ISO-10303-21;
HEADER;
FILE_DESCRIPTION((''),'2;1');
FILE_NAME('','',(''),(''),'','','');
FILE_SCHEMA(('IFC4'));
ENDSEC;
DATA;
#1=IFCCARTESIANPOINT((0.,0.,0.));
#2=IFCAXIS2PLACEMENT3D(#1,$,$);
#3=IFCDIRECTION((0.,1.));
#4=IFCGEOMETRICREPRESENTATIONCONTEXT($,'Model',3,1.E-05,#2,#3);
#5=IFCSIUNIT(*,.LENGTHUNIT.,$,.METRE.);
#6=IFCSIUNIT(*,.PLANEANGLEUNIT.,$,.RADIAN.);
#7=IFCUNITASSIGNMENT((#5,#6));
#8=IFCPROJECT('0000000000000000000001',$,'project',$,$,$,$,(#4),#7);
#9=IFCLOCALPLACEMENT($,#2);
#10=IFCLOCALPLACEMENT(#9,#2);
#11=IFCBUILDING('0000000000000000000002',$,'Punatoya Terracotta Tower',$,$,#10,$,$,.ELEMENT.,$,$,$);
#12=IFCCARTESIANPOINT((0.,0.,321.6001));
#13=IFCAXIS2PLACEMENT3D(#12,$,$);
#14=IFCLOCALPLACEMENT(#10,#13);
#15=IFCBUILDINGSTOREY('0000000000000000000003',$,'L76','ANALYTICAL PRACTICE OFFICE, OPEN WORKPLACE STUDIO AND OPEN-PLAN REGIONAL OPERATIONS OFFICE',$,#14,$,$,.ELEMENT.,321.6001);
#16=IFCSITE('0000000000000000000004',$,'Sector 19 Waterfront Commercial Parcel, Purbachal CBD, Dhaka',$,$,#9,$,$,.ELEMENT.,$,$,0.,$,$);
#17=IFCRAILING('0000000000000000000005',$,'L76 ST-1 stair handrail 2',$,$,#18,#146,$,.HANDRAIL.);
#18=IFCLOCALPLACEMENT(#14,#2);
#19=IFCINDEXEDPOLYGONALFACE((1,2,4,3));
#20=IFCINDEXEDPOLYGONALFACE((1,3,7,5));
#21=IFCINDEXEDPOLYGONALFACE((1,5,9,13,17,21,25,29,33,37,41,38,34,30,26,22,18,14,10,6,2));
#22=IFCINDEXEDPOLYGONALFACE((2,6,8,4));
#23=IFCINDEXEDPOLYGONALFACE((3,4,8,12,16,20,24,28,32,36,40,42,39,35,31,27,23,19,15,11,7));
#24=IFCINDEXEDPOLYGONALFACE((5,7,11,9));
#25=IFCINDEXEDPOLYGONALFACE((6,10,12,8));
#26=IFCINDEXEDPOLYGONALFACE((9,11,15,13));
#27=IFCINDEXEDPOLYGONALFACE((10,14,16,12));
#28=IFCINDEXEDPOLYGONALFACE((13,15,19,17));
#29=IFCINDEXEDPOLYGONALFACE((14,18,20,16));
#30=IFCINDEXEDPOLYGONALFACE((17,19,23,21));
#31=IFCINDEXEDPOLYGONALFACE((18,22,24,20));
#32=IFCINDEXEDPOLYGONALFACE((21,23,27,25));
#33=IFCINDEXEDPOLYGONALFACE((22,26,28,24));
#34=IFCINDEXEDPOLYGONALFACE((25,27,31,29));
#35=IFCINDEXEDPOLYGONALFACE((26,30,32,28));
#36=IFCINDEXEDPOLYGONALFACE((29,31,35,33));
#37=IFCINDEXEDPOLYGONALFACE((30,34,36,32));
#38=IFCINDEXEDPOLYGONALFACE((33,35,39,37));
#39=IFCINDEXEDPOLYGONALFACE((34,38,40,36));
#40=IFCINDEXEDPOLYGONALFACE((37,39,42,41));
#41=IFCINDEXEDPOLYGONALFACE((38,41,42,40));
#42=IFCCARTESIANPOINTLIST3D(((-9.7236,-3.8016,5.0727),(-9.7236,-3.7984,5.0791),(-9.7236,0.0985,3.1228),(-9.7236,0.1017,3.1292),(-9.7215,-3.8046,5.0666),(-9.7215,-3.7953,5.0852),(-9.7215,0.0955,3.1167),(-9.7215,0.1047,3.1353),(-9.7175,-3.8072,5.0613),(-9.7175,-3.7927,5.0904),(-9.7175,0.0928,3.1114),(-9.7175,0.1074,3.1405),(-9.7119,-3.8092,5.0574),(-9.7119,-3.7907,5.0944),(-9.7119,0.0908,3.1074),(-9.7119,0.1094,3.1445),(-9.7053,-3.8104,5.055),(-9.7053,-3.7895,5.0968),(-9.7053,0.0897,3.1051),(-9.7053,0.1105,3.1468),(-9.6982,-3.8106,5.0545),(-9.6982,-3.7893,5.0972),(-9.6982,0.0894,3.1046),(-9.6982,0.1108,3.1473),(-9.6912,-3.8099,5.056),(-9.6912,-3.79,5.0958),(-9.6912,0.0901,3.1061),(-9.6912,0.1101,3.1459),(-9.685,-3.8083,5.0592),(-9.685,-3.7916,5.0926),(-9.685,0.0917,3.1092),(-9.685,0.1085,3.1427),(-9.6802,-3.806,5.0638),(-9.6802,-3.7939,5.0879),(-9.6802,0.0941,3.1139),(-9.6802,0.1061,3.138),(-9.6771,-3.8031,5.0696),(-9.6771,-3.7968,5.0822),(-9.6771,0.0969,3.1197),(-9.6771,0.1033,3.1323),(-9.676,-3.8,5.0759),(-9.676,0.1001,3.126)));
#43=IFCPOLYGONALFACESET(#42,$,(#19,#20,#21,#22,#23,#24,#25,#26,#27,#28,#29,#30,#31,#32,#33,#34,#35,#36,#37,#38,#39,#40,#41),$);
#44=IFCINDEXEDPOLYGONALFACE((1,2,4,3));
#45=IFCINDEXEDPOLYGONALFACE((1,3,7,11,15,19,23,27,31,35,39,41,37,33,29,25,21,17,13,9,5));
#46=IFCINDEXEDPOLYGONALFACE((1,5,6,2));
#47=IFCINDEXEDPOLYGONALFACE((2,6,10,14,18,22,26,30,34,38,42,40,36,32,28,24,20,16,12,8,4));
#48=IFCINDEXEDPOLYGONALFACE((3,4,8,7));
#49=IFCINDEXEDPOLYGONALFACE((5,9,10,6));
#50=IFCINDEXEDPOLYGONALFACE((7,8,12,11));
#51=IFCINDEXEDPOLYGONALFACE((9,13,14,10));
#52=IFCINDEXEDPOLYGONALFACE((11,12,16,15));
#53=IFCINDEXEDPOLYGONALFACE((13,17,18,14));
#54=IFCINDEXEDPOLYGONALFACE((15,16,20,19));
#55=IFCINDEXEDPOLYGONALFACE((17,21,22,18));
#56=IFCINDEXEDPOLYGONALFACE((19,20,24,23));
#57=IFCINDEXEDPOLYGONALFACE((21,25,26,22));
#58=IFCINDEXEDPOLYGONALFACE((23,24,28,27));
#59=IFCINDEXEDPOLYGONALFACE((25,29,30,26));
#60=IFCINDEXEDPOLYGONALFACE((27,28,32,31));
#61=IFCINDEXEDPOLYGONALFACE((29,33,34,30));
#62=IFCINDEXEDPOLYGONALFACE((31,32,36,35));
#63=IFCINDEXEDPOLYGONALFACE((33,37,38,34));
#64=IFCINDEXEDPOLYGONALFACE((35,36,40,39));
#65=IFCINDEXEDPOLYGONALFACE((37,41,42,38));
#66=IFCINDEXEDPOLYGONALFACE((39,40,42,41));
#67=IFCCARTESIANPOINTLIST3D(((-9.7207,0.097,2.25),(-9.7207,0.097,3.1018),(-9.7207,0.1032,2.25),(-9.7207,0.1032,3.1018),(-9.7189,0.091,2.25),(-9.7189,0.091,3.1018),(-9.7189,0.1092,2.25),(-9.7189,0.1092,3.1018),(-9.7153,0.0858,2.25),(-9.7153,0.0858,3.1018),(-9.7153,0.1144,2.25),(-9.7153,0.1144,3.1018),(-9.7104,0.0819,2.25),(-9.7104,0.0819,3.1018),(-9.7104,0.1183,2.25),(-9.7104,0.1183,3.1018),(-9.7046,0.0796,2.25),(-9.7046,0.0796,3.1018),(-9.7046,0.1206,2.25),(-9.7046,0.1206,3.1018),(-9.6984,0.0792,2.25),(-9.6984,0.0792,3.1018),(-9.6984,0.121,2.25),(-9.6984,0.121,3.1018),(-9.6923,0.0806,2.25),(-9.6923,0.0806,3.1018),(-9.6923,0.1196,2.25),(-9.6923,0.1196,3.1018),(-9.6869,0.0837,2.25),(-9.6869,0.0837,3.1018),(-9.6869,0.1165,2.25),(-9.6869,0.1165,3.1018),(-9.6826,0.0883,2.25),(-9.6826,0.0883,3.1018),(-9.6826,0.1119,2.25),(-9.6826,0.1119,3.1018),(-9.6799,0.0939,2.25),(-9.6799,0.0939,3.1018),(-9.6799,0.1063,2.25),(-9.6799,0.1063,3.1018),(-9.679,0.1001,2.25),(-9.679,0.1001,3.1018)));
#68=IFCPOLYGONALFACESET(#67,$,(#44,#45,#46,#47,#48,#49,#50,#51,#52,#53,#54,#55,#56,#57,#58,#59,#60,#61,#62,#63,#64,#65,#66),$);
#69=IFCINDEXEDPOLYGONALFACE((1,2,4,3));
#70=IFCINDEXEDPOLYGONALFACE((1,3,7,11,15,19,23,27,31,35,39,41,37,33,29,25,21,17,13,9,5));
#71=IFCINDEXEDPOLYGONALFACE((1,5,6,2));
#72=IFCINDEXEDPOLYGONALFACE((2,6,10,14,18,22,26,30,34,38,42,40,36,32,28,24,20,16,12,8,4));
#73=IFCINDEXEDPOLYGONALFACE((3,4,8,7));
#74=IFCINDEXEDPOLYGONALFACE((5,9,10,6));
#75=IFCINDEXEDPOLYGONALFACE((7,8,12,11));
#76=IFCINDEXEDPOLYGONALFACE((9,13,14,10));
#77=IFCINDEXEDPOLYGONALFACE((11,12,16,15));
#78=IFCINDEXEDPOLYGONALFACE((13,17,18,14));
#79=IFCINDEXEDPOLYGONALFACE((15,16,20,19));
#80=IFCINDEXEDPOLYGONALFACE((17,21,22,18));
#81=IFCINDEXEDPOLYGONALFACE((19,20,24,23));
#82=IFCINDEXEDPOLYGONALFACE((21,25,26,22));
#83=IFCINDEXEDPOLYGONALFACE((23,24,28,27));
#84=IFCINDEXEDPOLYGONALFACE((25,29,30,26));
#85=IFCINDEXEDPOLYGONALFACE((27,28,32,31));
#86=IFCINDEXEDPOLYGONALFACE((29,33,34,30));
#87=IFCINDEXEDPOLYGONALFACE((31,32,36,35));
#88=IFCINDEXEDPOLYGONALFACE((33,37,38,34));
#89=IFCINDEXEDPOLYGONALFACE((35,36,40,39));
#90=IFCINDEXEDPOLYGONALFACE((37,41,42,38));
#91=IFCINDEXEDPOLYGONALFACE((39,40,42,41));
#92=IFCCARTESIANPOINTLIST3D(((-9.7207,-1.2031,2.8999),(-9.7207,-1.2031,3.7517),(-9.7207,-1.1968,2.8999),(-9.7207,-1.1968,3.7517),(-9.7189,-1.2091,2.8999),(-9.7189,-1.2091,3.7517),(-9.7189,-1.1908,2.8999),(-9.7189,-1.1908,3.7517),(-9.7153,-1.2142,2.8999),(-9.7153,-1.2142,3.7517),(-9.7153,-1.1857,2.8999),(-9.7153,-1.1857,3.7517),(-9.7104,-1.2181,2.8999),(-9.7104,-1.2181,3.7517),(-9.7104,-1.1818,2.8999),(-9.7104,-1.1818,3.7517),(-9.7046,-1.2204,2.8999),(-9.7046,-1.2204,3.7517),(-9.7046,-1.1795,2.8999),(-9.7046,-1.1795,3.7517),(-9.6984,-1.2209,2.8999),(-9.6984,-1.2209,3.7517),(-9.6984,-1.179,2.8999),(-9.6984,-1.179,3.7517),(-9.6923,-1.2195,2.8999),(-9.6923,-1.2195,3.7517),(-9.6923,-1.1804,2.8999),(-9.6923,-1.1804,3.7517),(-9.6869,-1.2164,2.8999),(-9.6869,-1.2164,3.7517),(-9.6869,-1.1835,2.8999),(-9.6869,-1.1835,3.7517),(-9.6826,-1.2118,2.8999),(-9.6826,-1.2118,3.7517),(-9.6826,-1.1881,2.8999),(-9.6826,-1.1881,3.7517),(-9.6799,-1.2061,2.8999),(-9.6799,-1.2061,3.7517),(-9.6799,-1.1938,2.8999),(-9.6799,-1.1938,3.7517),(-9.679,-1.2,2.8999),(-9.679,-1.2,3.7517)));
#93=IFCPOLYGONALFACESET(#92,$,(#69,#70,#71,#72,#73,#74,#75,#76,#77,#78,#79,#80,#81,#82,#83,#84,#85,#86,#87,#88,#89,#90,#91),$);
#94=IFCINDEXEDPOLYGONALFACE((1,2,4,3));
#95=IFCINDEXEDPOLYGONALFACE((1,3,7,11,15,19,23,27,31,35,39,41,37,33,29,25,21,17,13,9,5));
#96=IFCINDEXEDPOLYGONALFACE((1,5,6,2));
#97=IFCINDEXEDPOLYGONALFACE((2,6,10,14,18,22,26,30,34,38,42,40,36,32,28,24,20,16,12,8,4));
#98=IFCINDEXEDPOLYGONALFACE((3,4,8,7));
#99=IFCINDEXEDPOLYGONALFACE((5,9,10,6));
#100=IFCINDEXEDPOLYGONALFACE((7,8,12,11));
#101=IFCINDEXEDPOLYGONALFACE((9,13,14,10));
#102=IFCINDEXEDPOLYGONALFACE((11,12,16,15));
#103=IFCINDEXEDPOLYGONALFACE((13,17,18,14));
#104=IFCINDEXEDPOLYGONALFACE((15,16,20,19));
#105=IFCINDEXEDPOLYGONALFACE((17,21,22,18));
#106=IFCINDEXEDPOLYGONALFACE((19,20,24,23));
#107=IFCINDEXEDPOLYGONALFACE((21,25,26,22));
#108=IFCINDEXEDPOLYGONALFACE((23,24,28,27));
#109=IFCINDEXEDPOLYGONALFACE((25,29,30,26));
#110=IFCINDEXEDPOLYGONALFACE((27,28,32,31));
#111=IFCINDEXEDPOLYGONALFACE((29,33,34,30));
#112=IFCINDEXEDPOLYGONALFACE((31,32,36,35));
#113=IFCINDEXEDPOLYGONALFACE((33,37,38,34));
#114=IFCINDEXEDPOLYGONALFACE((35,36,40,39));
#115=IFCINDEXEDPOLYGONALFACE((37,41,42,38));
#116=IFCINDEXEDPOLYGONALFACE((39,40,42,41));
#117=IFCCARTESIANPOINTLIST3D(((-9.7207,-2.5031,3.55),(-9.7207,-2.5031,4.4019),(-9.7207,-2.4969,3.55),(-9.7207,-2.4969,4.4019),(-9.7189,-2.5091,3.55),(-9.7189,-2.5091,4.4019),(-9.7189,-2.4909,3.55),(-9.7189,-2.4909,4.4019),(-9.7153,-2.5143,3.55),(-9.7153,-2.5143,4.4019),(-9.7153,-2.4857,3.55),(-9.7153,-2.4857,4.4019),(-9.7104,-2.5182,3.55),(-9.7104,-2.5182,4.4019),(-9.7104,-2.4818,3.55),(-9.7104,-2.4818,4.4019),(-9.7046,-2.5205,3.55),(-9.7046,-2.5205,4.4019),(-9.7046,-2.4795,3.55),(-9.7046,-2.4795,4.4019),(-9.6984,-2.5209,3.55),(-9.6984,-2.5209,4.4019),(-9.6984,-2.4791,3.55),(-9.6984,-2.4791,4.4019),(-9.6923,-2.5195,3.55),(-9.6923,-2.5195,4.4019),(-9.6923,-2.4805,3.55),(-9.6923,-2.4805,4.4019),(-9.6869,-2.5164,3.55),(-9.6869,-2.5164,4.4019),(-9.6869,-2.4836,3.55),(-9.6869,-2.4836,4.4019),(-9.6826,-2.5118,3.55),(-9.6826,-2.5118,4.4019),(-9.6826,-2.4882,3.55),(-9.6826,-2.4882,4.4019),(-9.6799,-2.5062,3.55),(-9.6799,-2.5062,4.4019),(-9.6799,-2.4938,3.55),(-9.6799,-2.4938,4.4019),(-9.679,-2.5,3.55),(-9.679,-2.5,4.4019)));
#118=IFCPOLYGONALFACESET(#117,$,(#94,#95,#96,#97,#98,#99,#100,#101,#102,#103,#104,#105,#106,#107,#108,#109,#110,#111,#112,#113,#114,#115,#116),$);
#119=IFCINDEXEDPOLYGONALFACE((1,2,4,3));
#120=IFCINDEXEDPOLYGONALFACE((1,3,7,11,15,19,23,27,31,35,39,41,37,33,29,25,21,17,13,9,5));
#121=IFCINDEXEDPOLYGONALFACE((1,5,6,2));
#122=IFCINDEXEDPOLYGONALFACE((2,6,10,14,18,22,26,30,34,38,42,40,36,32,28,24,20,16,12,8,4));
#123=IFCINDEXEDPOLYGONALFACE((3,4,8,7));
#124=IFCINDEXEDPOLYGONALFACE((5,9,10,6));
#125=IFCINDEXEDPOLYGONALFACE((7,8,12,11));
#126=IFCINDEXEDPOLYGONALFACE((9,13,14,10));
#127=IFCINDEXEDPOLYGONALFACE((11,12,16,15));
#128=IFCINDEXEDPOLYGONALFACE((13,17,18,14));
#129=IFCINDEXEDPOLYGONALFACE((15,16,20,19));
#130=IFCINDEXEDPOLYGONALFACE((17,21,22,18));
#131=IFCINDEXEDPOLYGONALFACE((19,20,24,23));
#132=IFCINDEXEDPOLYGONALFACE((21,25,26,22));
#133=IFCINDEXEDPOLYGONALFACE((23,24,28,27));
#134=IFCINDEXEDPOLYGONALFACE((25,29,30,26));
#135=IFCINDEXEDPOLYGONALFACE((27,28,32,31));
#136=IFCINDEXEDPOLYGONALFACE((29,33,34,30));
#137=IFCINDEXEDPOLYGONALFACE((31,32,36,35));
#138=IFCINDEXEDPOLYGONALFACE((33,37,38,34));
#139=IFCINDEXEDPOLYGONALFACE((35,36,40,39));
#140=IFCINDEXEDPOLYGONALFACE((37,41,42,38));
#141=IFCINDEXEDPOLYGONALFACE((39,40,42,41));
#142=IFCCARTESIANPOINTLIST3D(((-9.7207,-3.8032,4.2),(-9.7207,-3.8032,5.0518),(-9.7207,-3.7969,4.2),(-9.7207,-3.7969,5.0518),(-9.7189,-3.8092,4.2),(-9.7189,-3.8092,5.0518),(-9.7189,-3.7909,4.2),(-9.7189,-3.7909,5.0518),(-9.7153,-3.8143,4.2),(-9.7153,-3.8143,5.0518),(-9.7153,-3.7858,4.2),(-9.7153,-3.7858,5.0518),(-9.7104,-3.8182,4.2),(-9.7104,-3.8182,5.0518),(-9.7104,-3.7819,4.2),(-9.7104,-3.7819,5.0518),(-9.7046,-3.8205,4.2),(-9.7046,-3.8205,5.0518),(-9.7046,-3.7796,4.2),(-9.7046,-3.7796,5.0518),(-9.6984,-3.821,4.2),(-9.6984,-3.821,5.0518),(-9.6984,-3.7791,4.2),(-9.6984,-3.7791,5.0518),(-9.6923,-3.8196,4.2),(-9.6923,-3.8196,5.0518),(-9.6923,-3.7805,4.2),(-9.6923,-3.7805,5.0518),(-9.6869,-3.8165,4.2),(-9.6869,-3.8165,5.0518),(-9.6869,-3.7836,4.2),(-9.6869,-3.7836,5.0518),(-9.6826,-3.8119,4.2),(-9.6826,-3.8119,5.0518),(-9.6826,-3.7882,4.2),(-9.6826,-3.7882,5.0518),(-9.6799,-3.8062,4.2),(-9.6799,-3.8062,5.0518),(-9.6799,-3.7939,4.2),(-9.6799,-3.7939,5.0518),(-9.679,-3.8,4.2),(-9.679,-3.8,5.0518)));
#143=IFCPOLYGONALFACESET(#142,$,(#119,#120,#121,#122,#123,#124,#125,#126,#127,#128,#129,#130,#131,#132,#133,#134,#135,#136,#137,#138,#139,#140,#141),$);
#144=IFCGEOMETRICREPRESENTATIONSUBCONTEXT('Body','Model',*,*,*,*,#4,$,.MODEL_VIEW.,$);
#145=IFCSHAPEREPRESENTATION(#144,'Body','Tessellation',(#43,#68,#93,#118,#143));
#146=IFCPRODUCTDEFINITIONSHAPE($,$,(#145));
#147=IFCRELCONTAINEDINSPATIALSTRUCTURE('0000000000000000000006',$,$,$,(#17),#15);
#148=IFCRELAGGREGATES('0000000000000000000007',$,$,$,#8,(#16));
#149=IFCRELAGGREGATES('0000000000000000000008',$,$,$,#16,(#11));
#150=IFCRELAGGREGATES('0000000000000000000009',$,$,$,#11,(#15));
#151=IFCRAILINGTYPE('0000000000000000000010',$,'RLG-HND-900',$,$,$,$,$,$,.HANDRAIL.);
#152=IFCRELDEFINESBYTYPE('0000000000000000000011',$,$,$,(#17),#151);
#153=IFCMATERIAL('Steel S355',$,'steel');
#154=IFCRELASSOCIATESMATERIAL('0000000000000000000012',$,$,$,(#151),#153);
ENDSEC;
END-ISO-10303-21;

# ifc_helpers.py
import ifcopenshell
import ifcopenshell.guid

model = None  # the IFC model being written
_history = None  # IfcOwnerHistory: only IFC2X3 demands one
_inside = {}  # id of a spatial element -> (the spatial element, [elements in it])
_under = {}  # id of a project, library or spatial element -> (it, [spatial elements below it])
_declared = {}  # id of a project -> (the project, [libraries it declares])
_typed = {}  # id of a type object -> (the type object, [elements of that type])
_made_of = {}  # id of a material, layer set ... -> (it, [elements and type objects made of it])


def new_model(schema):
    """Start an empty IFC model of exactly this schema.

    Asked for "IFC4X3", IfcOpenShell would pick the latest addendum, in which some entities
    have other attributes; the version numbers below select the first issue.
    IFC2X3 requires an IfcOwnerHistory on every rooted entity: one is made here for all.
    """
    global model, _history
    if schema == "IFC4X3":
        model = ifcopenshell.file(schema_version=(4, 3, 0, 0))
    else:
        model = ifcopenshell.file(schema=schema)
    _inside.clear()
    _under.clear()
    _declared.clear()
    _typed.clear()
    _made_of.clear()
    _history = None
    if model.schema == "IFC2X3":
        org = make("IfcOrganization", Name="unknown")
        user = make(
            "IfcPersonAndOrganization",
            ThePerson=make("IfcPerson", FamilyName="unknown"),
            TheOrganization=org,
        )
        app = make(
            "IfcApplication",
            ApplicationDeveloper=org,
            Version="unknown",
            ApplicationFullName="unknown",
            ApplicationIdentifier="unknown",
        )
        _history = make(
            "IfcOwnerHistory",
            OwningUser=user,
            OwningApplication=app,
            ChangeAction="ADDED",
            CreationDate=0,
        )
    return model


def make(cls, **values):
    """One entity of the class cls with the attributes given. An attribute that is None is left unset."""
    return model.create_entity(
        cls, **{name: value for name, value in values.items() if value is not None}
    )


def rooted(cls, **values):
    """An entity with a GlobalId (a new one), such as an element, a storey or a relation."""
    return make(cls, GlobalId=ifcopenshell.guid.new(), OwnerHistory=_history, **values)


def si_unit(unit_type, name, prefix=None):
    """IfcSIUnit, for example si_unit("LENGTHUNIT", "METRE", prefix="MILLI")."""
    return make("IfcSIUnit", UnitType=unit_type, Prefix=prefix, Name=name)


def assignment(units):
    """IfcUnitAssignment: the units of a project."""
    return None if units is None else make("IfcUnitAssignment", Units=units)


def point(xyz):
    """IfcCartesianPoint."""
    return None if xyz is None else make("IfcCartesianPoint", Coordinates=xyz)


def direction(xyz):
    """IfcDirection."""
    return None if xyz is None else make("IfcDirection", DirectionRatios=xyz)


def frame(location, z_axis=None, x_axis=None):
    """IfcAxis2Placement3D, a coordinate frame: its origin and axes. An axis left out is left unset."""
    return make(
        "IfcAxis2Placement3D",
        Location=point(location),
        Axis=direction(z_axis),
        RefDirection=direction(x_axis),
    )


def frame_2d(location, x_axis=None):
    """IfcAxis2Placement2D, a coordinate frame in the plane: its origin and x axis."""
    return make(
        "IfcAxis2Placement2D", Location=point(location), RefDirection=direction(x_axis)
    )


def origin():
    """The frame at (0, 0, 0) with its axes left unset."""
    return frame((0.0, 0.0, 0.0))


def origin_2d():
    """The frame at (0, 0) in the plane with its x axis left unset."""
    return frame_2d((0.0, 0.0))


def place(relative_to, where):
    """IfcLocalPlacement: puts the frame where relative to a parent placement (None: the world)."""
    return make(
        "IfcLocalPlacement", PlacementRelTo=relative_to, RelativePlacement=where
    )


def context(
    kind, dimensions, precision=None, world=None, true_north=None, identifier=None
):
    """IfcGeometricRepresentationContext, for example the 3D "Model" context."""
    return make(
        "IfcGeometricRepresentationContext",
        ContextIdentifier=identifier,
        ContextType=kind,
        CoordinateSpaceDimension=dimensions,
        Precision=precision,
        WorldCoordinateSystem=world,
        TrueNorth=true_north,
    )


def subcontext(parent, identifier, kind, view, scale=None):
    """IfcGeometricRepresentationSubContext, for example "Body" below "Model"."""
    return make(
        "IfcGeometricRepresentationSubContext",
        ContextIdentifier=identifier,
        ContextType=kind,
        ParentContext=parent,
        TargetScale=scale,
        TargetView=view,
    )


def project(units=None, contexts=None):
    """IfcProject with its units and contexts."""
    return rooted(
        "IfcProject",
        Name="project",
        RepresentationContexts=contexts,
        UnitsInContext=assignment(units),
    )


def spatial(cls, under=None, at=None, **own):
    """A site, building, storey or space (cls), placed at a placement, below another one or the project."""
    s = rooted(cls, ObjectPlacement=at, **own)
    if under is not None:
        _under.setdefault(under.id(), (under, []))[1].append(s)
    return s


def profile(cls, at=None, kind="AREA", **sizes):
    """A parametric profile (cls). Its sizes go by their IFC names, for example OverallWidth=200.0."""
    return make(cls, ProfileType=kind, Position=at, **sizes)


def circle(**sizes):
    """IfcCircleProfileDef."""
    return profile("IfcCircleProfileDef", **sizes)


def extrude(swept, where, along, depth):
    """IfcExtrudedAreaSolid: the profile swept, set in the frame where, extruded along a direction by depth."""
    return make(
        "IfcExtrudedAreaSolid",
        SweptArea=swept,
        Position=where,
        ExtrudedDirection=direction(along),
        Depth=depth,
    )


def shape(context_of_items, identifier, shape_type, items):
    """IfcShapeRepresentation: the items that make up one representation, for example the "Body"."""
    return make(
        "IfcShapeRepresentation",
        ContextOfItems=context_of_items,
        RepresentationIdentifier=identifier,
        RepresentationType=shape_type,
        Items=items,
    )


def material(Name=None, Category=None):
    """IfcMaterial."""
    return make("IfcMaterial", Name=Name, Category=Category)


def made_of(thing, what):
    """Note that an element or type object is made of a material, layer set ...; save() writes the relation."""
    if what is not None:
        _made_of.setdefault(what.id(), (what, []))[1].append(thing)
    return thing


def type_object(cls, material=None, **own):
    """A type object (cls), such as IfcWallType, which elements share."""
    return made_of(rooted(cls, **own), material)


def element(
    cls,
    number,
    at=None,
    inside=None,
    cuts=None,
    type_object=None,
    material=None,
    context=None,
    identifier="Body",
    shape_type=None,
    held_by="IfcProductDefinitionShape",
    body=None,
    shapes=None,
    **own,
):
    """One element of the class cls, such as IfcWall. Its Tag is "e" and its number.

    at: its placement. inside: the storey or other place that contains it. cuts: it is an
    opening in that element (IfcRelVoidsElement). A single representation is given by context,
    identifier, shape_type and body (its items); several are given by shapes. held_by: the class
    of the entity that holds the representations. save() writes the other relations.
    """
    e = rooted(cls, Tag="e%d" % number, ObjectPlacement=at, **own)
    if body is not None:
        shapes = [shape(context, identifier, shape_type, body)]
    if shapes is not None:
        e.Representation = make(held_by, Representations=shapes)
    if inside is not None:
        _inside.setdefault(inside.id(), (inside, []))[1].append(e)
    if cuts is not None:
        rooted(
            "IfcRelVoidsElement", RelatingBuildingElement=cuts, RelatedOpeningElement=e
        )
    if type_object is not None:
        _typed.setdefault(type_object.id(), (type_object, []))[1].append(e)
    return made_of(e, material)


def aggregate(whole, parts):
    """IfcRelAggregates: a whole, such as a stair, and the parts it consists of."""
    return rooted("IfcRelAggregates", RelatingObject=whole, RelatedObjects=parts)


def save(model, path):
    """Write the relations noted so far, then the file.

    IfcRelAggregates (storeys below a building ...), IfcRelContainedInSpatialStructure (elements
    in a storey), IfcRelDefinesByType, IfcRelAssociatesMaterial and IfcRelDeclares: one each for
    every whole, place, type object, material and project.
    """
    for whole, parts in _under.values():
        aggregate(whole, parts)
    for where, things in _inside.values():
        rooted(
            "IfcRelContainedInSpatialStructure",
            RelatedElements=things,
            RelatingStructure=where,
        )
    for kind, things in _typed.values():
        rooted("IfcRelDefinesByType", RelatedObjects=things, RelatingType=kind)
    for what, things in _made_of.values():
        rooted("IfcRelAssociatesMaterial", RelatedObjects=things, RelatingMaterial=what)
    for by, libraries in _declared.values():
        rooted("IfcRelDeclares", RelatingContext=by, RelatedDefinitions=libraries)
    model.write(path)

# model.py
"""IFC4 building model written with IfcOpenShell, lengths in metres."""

from ifc_helpers import new_model, si_unit, direction, frame, origin, origin_2d, place, context, subcontext, project, spatial, circle, extrude, material, type_object, element, save


model = new_model("IFC4")

# Units and contexts
model_context = context("Model", 3, precision=1e-05, world=origin(), true_north=direction((0.0, 1.0)))
body_context = subcontext(model_context, "Body", "Model", "MODEL_VIEW")
ifc_project = project(units=[si_unit("LENGTHUNIT", "METRE"), si_unit("PLANEANGLEUNIT", "RADIAN")], contexts=[model_context])

# Site, building, storey
site_placement = place(None, origin())
site = spatial("IfcSite", under=ifc_project, at=site_placement, Name="Sector 19 Waterfront Commercial Parcel, Purbachal CBD, Dhaka", CompositionType="ELEMENT", RefElevation=0.0)
building_placement = place(site_placement, origin())
building = spatial("IfcBuilding", under=site, at=building_placement, Name="Punatoya Terracotta Tower", CompositionType="ELEMENT")
storey_placement = place(building_placement, frame((0.0, 0.0, 321.6001)))
storey = spatial("IfcBuildingStorey", under=building, at=storey_placement, Name="L76", Description="ANALYTICAL PRACTICE OFFICE, OPEN WORKPLACE STUDIO AND OPEN-PLAN REGIONAL OPERATIONS OFFICE", CompositionType="ELEMENT", Elevation=321.6001)

# Shared definitions
ifc_material_1 = material(Name="Steel S355", Category="steel")

# Railing
railing_type_1 = type_object("IfcRailingType", Name="RLG-HND-900", PredefinedType="HANDRAIL", material=ifc_material_1)
railing_1_placement = place(storey_placement, frame((-9.7, 0.1001, 2.25)))
element("IfcRailing", 1, at=railing_1_placement, inside=storey, type_object=railing_type_1, Name="L76 ST-1 stair handrail 2", PredefinedType="HANDRAIL", context=body_context, shape_type="SweptSolid", body=[
    extrude(circle(Radius=0.0239, at=origin_2d()), frame((0.0, 0.0, 0.876), z_axis=(0.0, -0.894438, 0.447191), x_axis=(1.0, 0.0, 0.0)), (0.0, 0.0, 1.0), 4.3604),
    extrude(circle(Radius=0.021, at=origin_2d()), origin(), (0.0, 0.0, 1.0), 0.8518),
    extrude(circle(Radius=0.021, at=origin_2d()), frame((0.0, -1.3, 0.6499)), (0.0, 0.0, 1.0), 0.8518),
    extrude(circle(Radius=0.021, at=origin_2d()), frame((0.0, -2.6001, 1.3)), (0.0, 0.0, 1.0), 0.8518),
    extrude(circle(Radius=0.021, at=origin_2d()), frame((0.0, -3.9001, 1.95)), (0.0, 0.0, 1.0), 0.8518),
])

save(model, "model.ifc")
